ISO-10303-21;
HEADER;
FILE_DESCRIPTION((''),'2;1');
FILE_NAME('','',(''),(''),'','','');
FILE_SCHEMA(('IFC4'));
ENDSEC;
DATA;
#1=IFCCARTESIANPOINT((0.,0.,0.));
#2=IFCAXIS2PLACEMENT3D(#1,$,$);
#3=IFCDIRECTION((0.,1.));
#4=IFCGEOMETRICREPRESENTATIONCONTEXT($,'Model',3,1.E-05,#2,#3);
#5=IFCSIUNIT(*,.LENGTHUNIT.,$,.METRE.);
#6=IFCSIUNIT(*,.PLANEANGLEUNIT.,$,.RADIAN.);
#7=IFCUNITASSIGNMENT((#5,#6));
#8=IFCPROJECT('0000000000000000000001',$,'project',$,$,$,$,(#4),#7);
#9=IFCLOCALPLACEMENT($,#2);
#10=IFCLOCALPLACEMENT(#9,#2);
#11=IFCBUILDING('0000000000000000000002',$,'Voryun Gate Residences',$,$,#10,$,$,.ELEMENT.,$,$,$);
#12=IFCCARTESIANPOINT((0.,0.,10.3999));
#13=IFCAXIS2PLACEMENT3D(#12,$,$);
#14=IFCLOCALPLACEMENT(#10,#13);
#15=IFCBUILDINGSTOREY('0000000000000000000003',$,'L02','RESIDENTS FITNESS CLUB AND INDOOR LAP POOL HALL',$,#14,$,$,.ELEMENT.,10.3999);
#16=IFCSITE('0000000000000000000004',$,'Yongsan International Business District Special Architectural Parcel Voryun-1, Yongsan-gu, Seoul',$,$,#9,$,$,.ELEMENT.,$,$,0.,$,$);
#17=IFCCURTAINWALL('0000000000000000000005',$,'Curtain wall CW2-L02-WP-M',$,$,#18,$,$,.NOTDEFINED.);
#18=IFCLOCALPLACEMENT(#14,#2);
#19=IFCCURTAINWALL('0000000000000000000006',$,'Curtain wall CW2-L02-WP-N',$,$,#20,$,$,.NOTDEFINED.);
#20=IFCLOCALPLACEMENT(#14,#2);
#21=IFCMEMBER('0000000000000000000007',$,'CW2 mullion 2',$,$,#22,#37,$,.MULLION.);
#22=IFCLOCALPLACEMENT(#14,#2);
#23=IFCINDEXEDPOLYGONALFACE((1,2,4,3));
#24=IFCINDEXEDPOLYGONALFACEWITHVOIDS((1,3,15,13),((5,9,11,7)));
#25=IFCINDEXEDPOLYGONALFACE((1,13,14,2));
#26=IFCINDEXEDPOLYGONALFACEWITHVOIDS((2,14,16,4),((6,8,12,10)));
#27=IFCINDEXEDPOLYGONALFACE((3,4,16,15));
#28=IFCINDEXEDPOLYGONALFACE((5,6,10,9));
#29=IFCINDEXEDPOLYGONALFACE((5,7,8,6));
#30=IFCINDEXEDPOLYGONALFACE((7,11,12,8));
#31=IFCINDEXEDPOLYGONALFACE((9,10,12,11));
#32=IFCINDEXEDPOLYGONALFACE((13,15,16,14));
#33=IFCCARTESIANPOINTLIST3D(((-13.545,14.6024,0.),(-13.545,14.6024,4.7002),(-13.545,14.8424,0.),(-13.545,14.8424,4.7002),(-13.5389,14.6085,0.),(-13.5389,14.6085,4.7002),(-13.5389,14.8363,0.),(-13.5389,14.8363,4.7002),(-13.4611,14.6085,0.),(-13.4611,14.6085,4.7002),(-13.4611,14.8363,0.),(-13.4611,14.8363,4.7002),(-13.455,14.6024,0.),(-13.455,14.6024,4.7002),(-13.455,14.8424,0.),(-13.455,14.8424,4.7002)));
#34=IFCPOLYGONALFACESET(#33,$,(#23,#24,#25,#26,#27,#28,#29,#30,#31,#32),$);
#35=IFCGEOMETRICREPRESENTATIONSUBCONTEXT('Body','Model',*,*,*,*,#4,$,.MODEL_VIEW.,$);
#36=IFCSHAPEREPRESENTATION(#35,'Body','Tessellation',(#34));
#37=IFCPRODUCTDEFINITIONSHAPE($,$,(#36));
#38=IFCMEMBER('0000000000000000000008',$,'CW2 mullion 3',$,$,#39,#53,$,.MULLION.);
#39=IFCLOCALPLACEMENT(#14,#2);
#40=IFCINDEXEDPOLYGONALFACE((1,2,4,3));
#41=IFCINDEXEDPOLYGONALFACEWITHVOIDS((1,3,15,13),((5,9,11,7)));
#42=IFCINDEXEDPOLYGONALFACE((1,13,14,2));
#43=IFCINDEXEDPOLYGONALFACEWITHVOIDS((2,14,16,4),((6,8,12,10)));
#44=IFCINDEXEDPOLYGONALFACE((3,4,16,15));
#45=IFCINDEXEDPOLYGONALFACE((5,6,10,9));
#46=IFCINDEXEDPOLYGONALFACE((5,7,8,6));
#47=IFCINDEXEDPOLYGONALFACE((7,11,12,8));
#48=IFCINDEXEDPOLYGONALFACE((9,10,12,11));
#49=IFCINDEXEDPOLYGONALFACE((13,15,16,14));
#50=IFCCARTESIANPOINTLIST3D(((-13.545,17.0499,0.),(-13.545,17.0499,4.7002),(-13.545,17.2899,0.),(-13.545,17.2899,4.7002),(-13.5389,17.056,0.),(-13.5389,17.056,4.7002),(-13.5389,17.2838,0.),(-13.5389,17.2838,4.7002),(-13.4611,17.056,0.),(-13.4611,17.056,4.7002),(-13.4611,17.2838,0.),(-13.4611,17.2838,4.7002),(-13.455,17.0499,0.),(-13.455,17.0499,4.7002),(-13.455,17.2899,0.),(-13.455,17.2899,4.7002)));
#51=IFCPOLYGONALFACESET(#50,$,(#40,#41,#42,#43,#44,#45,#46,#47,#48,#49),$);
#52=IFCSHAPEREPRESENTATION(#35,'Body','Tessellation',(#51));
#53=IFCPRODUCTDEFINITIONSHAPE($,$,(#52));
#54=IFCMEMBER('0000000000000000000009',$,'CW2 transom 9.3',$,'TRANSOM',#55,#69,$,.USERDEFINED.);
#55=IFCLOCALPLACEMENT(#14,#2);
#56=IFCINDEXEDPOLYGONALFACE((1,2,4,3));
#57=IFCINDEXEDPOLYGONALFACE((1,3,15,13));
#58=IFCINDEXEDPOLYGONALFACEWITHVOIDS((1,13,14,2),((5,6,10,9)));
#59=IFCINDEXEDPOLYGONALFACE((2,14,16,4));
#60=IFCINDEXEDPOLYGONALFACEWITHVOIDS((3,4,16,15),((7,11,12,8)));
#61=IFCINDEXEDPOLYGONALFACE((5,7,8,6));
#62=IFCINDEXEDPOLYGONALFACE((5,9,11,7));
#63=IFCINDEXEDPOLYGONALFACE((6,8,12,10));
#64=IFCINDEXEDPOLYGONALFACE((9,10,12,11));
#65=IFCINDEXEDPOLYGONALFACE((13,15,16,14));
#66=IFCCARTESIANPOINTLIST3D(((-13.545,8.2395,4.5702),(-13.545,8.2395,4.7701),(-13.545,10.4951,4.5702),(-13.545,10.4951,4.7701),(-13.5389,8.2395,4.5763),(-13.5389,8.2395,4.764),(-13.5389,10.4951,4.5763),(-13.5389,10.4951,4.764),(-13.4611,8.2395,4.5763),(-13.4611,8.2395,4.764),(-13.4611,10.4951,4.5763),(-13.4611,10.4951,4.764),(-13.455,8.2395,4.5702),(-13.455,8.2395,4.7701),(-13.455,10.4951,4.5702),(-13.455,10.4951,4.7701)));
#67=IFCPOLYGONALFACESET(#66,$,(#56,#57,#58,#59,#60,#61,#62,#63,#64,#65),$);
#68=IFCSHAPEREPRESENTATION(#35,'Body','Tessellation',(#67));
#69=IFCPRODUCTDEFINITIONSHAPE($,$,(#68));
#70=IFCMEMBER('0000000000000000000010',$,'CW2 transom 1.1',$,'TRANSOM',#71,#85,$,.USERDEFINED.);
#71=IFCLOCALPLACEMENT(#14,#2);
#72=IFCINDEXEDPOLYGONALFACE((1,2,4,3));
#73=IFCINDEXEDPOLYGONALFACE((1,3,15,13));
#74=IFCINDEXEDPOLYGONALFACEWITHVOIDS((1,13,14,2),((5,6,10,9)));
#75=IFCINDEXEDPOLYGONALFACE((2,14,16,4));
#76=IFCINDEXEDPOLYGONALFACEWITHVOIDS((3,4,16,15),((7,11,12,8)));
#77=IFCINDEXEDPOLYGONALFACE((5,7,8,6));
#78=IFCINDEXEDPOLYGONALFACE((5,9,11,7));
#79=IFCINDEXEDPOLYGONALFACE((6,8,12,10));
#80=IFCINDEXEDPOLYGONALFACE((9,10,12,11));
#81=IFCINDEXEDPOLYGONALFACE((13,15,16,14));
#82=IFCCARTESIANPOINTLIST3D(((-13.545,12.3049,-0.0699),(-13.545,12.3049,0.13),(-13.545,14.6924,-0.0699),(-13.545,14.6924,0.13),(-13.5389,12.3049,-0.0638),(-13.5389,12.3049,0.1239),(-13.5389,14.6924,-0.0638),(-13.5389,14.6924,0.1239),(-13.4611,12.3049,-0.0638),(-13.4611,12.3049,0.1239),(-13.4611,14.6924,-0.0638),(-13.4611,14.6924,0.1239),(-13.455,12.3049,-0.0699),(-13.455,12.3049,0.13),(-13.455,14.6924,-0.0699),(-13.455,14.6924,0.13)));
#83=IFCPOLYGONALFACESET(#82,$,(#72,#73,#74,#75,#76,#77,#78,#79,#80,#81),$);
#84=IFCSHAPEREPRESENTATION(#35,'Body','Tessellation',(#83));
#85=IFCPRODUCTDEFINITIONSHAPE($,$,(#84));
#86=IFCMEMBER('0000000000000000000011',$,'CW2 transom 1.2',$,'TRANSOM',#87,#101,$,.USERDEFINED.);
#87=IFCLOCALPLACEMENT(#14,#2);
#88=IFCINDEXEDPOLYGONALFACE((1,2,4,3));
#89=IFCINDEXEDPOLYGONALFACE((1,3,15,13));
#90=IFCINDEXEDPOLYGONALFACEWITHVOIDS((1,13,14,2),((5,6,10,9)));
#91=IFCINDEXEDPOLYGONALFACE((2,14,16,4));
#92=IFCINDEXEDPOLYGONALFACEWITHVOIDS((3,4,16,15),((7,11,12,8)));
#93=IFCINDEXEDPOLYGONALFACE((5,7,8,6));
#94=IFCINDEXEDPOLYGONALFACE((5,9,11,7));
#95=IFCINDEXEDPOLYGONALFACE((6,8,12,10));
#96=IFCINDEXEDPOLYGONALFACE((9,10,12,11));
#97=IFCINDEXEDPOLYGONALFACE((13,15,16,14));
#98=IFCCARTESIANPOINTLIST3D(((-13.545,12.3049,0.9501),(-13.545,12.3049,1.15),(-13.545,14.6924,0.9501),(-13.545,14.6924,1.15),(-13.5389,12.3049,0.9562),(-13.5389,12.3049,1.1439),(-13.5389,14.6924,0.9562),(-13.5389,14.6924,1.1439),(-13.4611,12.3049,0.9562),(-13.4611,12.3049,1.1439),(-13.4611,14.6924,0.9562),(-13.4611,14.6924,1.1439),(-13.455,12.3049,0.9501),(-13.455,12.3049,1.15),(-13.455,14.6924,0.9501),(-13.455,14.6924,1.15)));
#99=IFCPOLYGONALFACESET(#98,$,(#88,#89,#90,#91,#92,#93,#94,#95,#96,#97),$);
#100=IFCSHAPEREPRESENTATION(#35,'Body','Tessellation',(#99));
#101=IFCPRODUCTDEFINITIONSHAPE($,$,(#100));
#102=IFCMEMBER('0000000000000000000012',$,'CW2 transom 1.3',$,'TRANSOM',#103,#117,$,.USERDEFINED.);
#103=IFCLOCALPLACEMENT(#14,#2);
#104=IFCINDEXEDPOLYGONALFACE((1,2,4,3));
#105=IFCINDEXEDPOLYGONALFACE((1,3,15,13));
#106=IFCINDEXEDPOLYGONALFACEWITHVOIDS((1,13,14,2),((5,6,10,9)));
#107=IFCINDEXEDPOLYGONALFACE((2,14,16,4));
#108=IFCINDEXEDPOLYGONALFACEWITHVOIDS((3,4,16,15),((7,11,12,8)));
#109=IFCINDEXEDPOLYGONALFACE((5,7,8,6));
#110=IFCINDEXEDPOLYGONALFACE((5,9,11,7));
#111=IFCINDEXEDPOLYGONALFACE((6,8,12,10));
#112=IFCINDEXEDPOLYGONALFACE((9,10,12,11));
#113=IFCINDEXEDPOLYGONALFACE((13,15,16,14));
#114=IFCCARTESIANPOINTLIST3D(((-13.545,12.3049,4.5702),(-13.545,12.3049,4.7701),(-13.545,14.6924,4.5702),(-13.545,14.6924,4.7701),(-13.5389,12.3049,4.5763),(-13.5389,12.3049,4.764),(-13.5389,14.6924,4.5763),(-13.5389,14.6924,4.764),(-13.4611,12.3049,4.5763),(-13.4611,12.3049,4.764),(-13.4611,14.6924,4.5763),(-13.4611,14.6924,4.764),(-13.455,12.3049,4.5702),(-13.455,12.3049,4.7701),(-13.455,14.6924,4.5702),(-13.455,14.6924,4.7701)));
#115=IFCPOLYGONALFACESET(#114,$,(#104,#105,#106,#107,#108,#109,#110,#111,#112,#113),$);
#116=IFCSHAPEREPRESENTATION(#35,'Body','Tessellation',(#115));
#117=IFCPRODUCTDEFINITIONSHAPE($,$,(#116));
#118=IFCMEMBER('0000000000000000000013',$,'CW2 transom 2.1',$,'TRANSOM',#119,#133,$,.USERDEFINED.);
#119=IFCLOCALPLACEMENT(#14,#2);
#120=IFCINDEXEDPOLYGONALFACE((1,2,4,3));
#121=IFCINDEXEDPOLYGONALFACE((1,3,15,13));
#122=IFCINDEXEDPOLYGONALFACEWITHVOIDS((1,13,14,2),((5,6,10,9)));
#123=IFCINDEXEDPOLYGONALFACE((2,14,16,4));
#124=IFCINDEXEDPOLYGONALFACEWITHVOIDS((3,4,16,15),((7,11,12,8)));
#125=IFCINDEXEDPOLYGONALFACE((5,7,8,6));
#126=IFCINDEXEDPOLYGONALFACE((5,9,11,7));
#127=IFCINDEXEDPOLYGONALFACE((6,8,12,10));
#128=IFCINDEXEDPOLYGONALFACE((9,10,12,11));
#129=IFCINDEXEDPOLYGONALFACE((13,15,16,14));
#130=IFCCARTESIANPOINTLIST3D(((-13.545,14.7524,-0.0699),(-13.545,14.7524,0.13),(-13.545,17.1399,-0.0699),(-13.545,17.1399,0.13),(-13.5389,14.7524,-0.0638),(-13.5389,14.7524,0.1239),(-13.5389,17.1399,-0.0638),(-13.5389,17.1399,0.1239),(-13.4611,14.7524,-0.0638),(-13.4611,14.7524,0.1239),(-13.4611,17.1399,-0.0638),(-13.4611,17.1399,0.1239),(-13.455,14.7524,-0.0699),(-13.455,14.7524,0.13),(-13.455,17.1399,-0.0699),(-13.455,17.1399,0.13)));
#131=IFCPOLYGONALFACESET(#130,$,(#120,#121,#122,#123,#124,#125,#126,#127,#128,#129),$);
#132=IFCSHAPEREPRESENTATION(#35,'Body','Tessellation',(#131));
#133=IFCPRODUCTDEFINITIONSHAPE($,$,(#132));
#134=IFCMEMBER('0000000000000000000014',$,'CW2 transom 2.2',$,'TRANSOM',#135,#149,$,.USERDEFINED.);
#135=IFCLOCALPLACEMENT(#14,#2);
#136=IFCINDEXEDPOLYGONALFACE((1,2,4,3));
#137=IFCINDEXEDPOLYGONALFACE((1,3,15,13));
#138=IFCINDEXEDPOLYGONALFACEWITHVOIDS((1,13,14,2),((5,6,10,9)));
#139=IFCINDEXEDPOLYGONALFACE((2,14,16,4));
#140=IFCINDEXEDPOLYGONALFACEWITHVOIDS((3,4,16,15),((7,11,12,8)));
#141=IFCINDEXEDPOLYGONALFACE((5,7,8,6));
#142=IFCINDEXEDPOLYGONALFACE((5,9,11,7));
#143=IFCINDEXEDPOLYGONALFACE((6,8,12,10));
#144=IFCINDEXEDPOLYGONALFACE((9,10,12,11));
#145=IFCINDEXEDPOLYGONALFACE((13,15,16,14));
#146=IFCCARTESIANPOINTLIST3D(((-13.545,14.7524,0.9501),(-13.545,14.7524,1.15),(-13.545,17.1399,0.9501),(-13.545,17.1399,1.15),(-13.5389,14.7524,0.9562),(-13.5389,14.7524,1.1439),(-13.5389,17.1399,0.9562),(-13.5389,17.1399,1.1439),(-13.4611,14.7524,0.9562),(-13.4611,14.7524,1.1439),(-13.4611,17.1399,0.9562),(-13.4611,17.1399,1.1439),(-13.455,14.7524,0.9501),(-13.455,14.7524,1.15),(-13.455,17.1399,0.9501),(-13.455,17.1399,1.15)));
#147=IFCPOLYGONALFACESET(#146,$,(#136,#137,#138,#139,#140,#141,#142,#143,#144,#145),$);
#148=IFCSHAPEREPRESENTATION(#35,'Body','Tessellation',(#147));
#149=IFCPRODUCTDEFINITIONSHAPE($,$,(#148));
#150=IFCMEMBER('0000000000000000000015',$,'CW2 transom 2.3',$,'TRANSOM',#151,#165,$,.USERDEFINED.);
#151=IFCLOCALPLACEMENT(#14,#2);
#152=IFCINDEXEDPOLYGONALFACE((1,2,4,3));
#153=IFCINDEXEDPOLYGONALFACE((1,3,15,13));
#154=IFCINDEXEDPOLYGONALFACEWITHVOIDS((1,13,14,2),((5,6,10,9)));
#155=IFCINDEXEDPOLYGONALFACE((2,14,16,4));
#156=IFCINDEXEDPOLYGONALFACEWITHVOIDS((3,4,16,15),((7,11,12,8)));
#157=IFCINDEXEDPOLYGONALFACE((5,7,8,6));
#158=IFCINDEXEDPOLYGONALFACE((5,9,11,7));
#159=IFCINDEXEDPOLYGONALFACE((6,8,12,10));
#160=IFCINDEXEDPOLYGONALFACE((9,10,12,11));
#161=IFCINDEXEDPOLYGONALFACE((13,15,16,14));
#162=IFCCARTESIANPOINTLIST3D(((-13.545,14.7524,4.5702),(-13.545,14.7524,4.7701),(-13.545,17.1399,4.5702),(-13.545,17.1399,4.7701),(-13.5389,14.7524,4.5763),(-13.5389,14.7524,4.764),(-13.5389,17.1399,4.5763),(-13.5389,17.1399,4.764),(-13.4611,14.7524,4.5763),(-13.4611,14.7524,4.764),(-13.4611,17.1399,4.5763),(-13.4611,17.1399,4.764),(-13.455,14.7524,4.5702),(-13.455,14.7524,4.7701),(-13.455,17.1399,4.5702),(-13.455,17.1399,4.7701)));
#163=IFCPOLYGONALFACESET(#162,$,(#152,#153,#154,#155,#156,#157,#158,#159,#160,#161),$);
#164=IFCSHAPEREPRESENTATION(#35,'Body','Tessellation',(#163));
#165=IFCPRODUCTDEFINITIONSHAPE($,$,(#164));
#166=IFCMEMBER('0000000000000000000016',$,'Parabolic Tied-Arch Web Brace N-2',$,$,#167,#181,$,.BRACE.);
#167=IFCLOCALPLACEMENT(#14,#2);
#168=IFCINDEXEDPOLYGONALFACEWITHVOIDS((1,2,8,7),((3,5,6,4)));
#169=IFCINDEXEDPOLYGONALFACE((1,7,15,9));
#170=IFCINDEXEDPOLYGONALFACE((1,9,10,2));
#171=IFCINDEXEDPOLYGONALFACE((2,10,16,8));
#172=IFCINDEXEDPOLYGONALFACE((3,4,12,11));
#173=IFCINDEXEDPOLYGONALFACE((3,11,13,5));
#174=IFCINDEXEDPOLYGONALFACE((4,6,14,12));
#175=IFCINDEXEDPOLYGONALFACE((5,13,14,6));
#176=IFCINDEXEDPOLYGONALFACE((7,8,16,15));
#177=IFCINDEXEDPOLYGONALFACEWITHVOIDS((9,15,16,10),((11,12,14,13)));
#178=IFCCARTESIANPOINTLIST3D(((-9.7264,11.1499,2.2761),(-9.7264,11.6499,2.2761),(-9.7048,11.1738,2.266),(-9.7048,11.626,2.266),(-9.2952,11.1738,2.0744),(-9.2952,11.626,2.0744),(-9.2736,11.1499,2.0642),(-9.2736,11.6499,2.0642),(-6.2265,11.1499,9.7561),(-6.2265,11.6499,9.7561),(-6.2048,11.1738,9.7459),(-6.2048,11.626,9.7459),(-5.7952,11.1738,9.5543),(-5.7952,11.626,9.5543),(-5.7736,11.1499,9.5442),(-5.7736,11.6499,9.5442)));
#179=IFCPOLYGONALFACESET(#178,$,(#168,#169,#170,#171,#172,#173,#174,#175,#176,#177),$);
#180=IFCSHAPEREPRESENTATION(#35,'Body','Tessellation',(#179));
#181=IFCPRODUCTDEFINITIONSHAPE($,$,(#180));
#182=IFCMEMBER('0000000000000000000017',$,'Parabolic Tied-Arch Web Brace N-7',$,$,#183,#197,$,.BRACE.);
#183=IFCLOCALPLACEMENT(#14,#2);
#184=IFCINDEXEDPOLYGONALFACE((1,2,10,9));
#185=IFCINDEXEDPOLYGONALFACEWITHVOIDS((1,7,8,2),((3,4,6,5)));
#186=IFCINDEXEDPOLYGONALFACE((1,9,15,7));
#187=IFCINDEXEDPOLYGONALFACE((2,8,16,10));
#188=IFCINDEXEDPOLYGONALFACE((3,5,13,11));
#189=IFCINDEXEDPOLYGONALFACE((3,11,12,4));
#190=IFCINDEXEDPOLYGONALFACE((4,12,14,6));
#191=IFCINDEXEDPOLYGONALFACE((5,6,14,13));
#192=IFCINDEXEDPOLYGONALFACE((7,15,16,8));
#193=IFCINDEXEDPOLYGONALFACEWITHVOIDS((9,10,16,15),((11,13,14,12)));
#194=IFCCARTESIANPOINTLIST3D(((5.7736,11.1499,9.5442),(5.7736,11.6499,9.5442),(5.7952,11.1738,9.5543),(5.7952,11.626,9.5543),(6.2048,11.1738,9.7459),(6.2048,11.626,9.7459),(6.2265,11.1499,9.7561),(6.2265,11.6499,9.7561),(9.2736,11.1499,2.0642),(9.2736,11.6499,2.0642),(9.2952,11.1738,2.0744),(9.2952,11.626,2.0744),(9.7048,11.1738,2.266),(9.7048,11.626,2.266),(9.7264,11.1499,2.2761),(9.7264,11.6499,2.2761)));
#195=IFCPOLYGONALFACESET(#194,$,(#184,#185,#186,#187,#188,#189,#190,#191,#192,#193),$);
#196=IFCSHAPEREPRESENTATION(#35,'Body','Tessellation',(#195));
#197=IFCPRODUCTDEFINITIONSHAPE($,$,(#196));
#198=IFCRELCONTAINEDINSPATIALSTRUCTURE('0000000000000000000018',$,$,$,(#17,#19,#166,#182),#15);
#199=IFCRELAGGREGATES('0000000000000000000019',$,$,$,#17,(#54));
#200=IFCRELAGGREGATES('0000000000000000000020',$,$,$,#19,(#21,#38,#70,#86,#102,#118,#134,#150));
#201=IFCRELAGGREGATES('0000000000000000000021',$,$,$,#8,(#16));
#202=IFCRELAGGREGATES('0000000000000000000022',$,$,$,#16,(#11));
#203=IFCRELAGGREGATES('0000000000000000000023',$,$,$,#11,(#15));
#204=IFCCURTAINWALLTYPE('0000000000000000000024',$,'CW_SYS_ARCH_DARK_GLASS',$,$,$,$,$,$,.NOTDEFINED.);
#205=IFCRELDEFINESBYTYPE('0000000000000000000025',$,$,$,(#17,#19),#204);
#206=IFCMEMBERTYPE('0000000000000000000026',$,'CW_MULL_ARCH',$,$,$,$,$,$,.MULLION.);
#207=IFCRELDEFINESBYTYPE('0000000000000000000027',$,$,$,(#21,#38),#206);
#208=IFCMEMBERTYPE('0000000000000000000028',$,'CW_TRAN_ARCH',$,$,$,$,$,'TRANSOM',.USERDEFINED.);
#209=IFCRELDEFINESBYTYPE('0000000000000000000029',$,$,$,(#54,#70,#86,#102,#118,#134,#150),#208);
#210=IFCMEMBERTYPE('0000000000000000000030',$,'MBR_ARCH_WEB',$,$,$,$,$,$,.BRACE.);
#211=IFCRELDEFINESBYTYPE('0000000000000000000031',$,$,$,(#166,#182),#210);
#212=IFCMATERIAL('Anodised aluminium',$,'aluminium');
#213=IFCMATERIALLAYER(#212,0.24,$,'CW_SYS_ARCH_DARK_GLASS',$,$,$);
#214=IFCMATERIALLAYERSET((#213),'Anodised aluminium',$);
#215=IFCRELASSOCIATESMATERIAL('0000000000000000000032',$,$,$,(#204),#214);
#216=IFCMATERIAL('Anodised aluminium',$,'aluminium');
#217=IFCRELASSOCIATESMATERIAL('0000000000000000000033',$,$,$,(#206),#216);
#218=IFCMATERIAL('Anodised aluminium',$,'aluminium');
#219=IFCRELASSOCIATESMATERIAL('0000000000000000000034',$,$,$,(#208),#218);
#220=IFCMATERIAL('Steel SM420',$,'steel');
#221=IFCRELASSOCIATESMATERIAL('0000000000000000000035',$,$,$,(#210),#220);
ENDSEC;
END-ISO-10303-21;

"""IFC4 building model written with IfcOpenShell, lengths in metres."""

from ifc_helpers import new_model, si_unit, direction, frame, origin, origin_2d, place, context, subcontext, project, spatial, hollow_rectangle, extrude, material, layer, layer_set, material_profile, profile_set, type_object, element, aggregate, save


model = new_model("IFC4")

# Units and contexts
model_context = context("Model", 3, precision=1e-05, world=origin(), true_north=direction((0.0, 1.0)))
body_context = subcontext(model_context, "Body", "Model", "MODEL_VIEW")
ifc_project = project(units=[si_unit("LENGTHUNIT", "METRE"), si_unit("PLANEANGLEUNIT", "RADIAN")], contexts=[model_context])

# Site, building, storey
site_placement = place(None, origin())
site = spatial("IfcSite", under=ifc_project, at=site_placement, Name="Yongsan International Business District Special Architectural Parcel Voryun-1, Yongsan-gu, Seoul", CompositionType="ELEMENT", RefElevation=0.0)
building_placement = place(site_placement, origin())
building = spatial("IfcBuilding", under=site, at=building_placement, Name="Voryun Gate Residences", CompositionType="ELEMENT")
storey_placement = place(building_placement, frame((0.0, 0.0, 10.3999)))
storey = spatial("IfcBuildingStorey", under=building, at=storey_placement, Name="L02", Description="RESIDENTS FITNESS CLUB AND INDOOR LAP POOL HALL", CompositionType="ELEMENT", Elevation=10.3999)

# Curtain wall
ifc_material_1 = material(Name="Anodised aluminium", Category="aluminium")
ifc_layer_1 = layer(ifc_material_1, 0.24, Name="CW_SYS_ARCH_DARK_GLASS")
ifc_layer_set_1 = layer_set([ifc_layer_1], Name="Anodised aluminium")
curtain_wall_type = type_object("IfcCurtainWallType", Name="CW_SYS_ARCH_DARK_GLASS", PredefinedType="NOTDEFINED", material=ifc_layer_set_1)
curtain_wall_1_placement = place(storey_placement, origin())
curtain_wall_1 = element("IfcCurtainWall", 1, at=curtain_wall_1_placement, inside=storey, type_object=curtain_wall_type, Name="Curtain wall CW2-L02-WP-M", PredefinedType="NOTDEFINED")
ifc_material_2 = material(Name="Anodised aluminium", Category="aluminium")
ifc_material_profile_1 = material_profile(ifc_material_2, hollow_rectangle(XDim=0.0901, YDim=0.24, WallThickness=0.0061, at=origin_2d()), Name="ALU-MULL-240x90x6")
ifc_profile_set_1 = profile_set([ifc_material_profile_1], Name="Anodised aluminium")
member_type_1 = type_object("IfcMemberType", Name="CW_MULL_ARCH", PredefinedType="MULLION", material=ifc_profile_set_1)

# Curtain wall, members
curtain_wall_2_placement = place(storey_placement, origin())
curtain_wall_2 = element("IfcCurtainWall", 2, at=curtain_wall_2_placement, inside=storey, type_object=curtain_wall_type, Name="Curtain wall CW2-L02-WP-N", PredefinedType="NOTDEFINED")
member_1_placement = place(storey_placement, frame((-13.5, 14.7224, 0.0), z_axis=(0.0, 0.0, 1.0), x_axis=(-1.0, 0.0, 0.0)))
member_1 = element("IfcMember", 3, at=member_1_placement, type_object=member_type_1, Name="CW2 mullion 2", PredefinedType="MULLION", context=body_context, shape_type="SweptSolid", body=[
    extrude(hollow_rectangle(XDim=0.0901, YDim=0.24, WallThickness=0.0061, at=origin_2d()), origin(), (0.0, 0.0, 1.0), 4.7002),
])
member_2_placement = place(storey_placement, frame((-13.5, 17.1699, 0.0), z_axis=(0.0, 0.0, 1.0), x_axis=(-1.0, 0.0, 0.0)))
member_2 = element("IfcMember", 4, at=member_2_placement, type_object=member_type_1, Name="CW2 mullion 3", PredefinedType="MULLION", context=body_context, shape_type="SweptSolid", body=[
    extrude(hollow_rectangle(XDim=0.0901, YDim=0.24, WallThickness=0.0061, at=origin_2d()), origin(), (0.0, 0.0, 1.0), 4.7002),
])

# Members
ifc_material_3 = material(Name="Anodised aluminium", Category="aluminium")
ifc_material_profile_2 = material_profile(ifc_material_3, hollow_rectangle(XDim=0.0901, YDim=0.2, WallThickness=0.0061, at=origin_2d()), Name="ALU-TRAN-200x90x6")
ifc_profile_set_2 = profile_set([ifc_material_profile_2], Name="Anodised aluminium")
member_type_2 = type_object("IfcMemberType", Name="CW_TRAN_ARCH", ElementType="TRANSOM", PredefinedType="USERDEFINED", material=ifc_profile_set_2)
member_3_placement = place(storey_placement, frame((-13.5, 8.2395, 4.6702), z_axis=(0.0, 1.0, 0.0), x_axis=(-1.0, 0.0, 0.0)))
member_3 = element("IfcMember", 5, at=member_3_placement, type_object=member_type_2, Name="CW2 transom 9.3", ObjectType="TRANSOM", PredefinedType="USERDEFINED", context=body_context, shape_type="SweptSolid", body=[
    extrude(hollow_rectangle(XDim=0.0901, YDim=0.2, WallThickness=0.0061, at=origin_2d()), origin(), (0.0, 0.0, 1.0), 2.2556),
])
member_4_placement = place(storey_placement, frame((-13.5, 12.3049, 0.03), z_axis=(0.0, 1.0, 0.0), x_axis=(-1.0, 0.0, 0.0)))
member_4 = element("IfcMember", 6, at=member_4_placement, type_object=member_type_2, Name="CW2 transom 1.1", ObjectType="TRANSOM", PredefinedType="USERDEFINED", context=body_context, shape_type="SweptSolid", body=[
    extrude(hollow_rectangle(XDim=0.0901, YDim=0.2, WallThickness=0.0061, at=origin_2d()), origin(), (0.0, 0.0, 1.0), 2.3875),
])
member_5_placement = place(storey_placement, frame((-13.5, 12.3049, 1.05), z_axis=(0.0, 1.0, 0.0), x_axis=(-1.0, 0.0, 0.0)))
member_5 = element("IfcMember", 7, at=member_5_placement, type_object=member_type_2, Name="CW2 transom 1.2", ObjectType="TRANSOM", PredefinedType="USERDEFINED", context=body_context, shape_type="SweptSolid", body=[
    extrude(hollow_rectangle(XDim=0.0901, YDim=0.2, WallThickness=0.0061, at=origin_2d()), origin(), (0.0, 0.0, 1.0), 2.3875),
])
member_6_placement = place(storey_placement, frame((-13.5, 12.3049, 4.6702), z_axis=(0.0, 1.0, 0.0), x_axis=(-1.0, 0.0, 0.0)))
member_6 = element("IfcMember", 8, at=member_6_placement, type_object=member_type_2, Name="CW2 transom 1.3", ObjectType="TRANSOM", PredefinedType="USERDEFINED", context=body_context, shape_type="SweptSolid", body=[
    extrude(hollow_rectangle(XDim=0.0901, YDim=0.2, WallThickness=0.0061, at=origin_2d()), origin(), (0.0, 0.0, 1.0), 2.3875),
])
member_7_placement = place(storey_placement, frame((-13.5, 14.7524, 0.03), z_axis=(0.0, 1.0, 0.0), x_axis=(-1.0, 0.0, 0.0)))
member_7 = element("IfcMember", 9, at=member_7_placement, type_object=member_type_2, Name="CW2 transom 2.1", ObjectType="TRANSOM", PredefinedType="USERDEFINED", context=body_context, shape_type="SweptSolid", body=[
    extrude(hollow_rectangle(XDim=0.0901, YDim=0.2, WallThickness=0.0061, at=origin_2d()), origin(), (0.0, 0.0, 1.0), 2.3875),
])
member_8_placement = place(storey_placement, frame((-13.5, 14.7524, 1.05), z_axis=(0.0, 1.0, 0.0), x_axis=(-1.0, 0.0, 0.0)))
member_8 = element("IfcMember", 10, at=member_8_placement, type_object=member_type_2, Name="CW2 transom 2.2", ObjectType="TRANSOM", PredefinedType="USERDEFINED", context=body_context, shape_type="SweptSolid", body=[
    extrude(hollow_rectangle(XDim=0.0901, YDim=0.2, WallThickness=0.0061, at=origin_2d()), origin(), (0.0, 0.0, 1.0), 2.3875),
])
member_9_placement = place(storey_placement, frame((-13.5, 14.7524, 4.6702), z_axis=(0.0, 1.0, 0.0), x_axis=(-1.0, 0.0, 0.0)))
member_9 = element("IfcMember", 11, at=member_9_placement, type_object=member_type_2, Name="CW2 transom 2.3", ObjectType="TRANSOM", PredefinedType="USERDEFINED", context=body_context, shape_type="SweptSolid", body=[
    extrude(hollow_rectangle(XDim=0.0901, YDim=0.2, WallThickness=0.0061, at=origin_2d()), origin(), (0.0, 0.0, 1.0), 2.3875),
])

# Members
ifc_material_4 = material(Name="Steel SM420", Category="steel")
ifc_material_profile_3 = material_profile(ifc_material_4, hollow_rectangle(XDim=0.5, YDim=0.5, WallThickness=0.0239, at=origin_2d()), Name="BOX-500x500x24")
ifc_profile_set_3 = profile_set([ifc_material_profile_3], Name="Steel SM420")
member_type_3 = type_object("IfcMemberType", Name="MBR_ARCH_WEB", PredefinedType="BRACE", material=ifc_profile_set_3)
for number, where, z_axis, x_axis, name in (
    (12, (-9.5, 11.3999, 2.1702), (0.423814, 0.0, 0.905749), (0.0, 1.0, 0.0), "Parabolic Tied-Arch Web Brace N-2"),
    (13, (9.5, 11.3999, 2.1702), (-0.423814, 0.0, 0.905749), (0.0, -1.0, 0.0), "Parabolic Tied-Arch Web Brace N-7"),
):
    element("IfcMember", number, at=place(storey_placement, frame(where, z_axis=z_axis, x_axis=x_axis)), inside=storey, type_object=member_type_3, Name=name, PredefinedType="BRACE", context=body_context, shape_type="SweptSolid", body=[
        extrude(hollow_rectangle(XDim=0.5, YDim=0.5, WallThickness=0.0239, at=origin_2d()), origin(), (0.0, 0.0, 1.0), 8.2583),
    ])

aggregate(curtain_wall_1, [member_3])
aggregate(curtain_wall_2, [member_1, member_2, member_4, member_5, member_6, member_7, member_8, member_9])

save(model, "model.ifc")
